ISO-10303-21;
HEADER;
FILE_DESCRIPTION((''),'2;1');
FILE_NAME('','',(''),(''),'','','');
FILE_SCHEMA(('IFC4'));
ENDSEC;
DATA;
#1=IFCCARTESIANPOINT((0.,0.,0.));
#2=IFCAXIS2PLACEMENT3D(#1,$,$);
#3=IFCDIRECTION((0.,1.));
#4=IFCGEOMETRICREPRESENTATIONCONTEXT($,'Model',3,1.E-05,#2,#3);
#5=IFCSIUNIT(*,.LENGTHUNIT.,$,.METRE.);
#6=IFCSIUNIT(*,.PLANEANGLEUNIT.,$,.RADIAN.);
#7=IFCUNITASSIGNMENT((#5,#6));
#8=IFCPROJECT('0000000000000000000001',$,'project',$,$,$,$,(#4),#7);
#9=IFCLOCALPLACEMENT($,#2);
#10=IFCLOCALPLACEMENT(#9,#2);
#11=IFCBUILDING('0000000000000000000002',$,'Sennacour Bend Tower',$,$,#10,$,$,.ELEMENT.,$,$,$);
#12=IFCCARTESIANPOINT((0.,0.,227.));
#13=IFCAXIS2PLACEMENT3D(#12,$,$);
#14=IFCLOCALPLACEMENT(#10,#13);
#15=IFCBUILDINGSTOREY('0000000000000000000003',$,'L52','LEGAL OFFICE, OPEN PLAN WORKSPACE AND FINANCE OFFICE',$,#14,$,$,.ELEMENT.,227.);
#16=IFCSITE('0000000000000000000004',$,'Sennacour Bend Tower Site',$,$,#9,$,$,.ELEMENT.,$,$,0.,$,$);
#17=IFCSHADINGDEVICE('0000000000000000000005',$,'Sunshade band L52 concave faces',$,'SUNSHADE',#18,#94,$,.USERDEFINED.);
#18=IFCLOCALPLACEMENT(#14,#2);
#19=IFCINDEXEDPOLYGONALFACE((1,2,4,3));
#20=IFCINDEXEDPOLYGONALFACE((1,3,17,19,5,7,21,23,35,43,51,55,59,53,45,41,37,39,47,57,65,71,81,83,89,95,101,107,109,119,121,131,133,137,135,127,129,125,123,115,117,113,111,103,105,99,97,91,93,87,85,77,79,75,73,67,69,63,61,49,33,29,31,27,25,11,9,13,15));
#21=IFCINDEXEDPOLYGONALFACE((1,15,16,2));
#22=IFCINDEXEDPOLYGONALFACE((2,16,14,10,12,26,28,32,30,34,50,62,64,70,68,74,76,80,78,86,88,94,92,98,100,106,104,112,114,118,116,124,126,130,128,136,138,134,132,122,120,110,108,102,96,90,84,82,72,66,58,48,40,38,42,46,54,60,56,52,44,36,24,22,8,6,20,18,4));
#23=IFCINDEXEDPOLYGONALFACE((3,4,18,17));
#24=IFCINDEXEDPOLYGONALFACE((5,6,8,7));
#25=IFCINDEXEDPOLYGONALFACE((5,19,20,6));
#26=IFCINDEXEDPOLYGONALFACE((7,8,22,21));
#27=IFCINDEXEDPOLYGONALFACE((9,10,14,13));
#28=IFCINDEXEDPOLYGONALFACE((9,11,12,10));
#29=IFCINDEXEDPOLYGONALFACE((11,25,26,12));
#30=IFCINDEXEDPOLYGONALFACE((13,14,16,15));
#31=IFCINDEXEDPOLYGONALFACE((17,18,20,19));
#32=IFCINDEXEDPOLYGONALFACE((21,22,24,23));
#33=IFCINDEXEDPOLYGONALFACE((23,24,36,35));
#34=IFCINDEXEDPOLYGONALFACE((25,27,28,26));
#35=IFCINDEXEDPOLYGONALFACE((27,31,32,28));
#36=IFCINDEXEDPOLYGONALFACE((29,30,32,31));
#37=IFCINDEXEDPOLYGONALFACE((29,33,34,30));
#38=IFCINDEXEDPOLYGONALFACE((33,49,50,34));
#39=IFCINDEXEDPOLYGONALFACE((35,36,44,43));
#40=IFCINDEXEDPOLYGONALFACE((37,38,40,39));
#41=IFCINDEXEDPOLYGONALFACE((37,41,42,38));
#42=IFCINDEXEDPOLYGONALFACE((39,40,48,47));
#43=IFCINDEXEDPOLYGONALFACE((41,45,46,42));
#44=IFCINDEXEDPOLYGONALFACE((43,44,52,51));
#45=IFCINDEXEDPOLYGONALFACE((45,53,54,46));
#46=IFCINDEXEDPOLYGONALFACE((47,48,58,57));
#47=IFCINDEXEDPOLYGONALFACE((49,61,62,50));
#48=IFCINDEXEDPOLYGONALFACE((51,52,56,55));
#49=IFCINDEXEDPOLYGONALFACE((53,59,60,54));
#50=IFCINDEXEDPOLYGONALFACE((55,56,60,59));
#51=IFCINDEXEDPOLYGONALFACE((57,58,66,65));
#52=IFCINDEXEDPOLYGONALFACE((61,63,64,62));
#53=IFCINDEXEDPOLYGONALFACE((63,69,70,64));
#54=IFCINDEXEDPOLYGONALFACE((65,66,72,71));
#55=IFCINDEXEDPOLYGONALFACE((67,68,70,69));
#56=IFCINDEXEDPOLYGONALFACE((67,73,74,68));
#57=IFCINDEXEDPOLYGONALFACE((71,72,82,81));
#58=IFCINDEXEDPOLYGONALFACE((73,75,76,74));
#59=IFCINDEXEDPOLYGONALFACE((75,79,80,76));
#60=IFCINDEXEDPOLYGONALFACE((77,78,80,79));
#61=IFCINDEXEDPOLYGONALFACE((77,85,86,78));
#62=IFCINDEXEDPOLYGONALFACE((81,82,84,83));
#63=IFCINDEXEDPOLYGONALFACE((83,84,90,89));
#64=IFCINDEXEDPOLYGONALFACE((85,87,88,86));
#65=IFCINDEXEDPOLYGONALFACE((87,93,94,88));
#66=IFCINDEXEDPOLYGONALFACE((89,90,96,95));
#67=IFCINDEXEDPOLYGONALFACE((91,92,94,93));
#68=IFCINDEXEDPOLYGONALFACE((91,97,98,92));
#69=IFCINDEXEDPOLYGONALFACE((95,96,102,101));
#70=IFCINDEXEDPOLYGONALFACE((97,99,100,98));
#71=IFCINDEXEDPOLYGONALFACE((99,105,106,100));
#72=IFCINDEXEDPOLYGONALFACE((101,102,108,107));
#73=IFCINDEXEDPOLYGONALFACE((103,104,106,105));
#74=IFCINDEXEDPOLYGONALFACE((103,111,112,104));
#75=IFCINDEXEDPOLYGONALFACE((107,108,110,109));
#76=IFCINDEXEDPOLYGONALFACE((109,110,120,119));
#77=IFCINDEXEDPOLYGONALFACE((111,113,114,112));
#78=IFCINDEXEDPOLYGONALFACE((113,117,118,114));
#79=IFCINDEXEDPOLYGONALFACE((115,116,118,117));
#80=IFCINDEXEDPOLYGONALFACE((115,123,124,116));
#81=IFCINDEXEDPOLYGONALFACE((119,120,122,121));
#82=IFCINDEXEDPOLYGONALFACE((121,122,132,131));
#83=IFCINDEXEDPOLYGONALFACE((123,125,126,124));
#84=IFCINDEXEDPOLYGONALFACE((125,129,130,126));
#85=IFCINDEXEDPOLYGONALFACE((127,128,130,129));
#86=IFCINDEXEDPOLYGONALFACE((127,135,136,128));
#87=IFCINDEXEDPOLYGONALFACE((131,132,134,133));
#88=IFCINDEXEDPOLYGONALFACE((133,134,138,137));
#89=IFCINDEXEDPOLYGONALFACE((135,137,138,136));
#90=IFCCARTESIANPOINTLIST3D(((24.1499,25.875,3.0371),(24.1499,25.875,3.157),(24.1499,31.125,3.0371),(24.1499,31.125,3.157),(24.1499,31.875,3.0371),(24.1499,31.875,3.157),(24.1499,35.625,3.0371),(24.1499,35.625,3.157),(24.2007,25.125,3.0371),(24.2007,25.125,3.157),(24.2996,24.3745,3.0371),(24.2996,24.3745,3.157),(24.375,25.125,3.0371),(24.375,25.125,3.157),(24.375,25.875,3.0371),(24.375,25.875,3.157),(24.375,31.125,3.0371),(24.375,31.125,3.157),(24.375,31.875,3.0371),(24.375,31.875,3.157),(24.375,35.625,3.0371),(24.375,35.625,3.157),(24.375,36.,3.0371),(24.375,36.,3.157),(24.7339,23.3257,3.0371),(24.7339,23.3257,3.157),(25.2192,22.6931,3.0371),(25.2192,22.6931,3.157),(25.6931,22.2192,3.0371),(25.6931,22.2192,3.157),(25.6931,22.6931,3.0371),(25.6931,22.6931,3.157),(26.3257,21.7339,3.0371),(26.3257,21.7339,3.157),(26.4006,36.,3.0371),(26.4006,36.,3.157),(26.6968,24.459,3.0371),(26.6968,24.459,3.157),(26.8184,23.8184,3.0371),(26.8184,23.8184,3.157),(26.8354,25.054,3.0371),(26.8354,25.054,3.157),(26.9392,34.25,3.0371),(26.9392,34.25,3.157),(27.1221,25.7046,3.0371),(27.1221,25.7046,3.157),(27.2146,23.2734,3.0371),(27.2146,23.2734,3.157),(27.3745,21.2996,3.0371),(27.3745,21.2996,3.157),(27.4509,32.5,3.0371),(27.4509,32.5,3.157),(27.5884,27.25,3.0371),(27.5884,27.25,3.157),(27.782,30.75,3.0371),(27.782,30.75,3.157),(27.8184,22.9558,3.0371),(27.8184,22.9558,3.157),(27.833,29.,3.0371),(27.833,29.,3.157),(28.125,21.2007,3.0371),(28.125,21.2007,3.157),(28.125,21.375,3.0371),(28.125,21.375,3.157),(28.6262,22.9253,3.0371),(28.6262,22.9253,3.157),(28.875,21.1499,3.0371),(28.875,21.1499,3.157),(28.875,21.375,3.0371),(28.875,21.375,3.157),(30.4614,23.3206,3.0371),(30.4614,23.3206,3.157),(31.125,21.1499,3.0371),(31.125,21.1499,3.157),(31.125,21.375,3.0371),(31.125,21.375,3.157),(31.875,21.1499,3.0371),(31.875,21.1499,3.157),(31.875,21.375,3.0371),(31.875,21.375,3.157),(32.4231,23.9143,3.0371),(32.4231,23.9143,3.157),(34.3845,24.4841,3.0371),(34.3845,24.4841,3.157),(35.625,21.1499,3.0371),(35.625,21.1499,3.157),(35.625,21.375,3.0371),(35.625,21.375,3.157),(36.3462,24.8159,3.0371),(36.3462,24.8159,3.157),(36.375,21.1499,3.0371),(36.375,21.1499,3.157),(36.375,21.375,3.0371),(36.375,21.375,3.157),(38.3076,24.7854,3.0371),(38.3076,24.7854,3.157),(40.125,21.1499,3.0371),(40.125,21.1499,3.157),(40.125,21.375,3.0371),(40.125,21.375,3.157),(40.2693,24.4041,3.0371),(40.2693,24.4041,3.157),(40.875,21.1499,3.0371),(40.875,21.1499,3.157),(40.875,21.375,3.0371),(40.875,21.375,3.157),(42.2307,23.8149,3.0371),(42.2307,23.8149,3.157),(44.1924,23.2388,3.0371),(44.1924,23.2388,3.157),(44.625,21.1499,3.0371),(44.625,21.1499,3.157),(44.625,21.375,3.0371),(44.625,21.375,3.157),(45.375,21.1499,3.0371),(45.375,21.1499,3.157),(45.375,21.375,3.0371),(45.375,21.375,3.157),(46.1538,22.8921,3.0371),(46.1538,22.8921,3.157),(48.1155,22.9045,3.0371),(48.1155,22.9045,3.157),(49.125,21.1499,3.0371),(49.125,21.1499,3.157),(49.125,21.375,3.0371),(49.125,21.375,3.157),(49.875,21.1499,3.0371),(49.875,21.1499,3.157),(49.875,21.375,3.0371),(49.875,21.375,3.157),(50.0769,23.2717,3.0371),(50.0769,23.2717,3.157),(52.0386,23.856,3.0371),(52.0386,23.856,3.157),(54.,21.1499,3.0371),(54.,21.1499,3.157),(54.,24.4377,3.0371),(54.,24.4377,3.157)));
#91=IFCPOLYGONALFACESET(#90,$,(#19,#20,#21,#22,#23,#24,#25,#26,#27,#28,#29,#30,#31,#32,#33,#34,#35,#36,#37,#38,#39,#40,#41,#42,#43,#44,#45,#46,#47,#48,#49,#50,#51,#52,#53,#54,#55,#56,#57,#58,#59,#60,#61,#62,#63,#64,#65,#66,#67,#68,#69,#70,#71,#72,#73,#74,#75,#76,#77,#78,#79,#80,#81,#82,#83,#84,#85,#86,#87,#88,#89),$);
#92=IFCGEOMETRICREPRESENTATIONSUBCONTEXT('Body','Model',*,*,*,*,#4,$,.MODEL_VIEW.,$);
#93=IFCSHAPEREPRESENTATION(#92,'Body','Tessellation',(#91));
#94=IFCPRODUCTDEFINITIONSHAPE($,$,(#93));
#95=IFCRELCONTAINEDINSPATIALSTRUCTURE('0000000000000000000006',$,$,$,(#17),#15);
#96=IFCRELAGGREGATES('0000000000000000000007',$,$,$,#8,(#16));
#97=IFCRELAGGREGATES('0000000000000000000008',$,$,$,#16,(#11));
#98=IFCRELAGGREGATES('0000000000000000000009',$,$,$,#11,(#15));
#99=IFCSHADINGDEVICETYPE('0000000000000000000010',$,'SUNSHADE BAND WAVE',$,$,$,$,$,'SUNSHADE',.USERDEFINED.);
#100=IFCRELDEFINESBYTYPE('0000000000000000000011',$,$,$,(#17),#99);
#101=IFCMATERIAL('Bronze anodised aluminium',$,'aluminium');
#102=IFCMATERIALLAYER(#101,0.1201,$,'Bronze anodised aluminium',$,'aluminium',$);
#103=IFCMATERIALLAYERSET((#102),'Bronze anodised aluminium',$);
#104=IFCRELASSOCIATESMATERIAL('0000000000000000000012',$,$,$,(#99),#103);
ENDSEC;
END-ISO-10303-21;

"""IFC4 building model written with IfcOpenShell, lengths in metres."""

from ifc_helpers import new_model, si_unit, direction, frame, origin, place, context, subcontext, project, spatial, polyline, outline, extrude, material, layer, layer_set, type_object, element, save


model = new_model("IFC4")

# Units and contexts
model_context = context("Model", 3, precision=1e-05, world=origin(), true_north=direction((0.0, 1.0)))
body_context = subcontext(model_context, "Body", "Model", "MODEL_VIEW")
ifc_project = project(units=[si_unit("LENGTHUNIT", "METRE"), si_unit("PLANEANGLEUNIT", "RADIAN")], contexts=[model_context])

# Site, building, storey
site_placement = place(None, origin())
site = spatial("IfcSite", under=ifc_project, at=site_placement, Name="Sennacour Bend Tower Site", CompositionType="ELEMENT", RefElevation=0.0)
building_placement = place(site_placement, origin())
building = spatial("IfcBuilding", under=site, at=building_placement, Name="Sennacour Bend Tower", CompositionType="ELEMENT")
storey_placement = place(building_placement, frame((0.0, 0.0, 227.0)))
storey = spatial("IfcBuildingStorey", under=building, at=storey_placement, Name="L52", Description="LEGAL OFFICE, OPEN PLAN WORKSPACE AND FINANCE OFFICE", CompositionType="ELEMENT", Elevation=227.0)

# Shading device
ifc_material_1 = material(Name="Bronze anodised aluminium", Category="aluminium")
ifc_layer_1 = layer(ifc_material_1, 0.1201, Name="Bronze anodised aluminium", Category="aluminium")
ifc_layer_set_1 = layer_set([ifc_layer_1], Name="Bronze anodised aluminium")
shading_device_type_1 = type_object("IfcShadingDeviceType", Name="SUNSHADE BAND WAVE", ElementType="SUNSHADE", PredefinedType="USERDEFINED", material=ifc_layer_set_1)
shading_device_1_placement = place(storey_placement, frame((0.0, 0.0, 3.0371)))
element("IfcShadingDevice", 1, at=shading_device_1_placement, inside=storey, type_object=shading_device_type_1, Name="Sunshade band L52 concave faces", ObjectType="SUNSHADE", PredefinedType="USERDEFINED", context=body_context, shape_type="SweptSolid", body=[
    extrude(outline(polyline([(54.0, 21.1499), (49.875, 21.1499), (49.875, 21.375), (49.125, 21.375), (49.125, 21.1499), (45.375, 21.1499), (45.375, 21.375), (44.625, 21.375), (44.625, 21.1499), (40.875, 21.1499), (40.875, 21.375), (40.125, 21.375), (40.125, 21.1499), (36.375, 21.1499), (36.375, 21.375), (35.625, 21.375), (35.625, 21.1499), (31.875, 21.1499), (31.875, 21.375), (31.125, 21.375), (31.125, 21.1499), (28.875, 21.1499), (28.875, 21.375), (28.125, 21.375), (28.125, 21.2007), (27.3745, 21.2996), (26.3257, 21.7339), (25.6931, 22.2192), (25.6931, 22.6931), (25.2192, 22.6931), (24.7339, 23.3257), (24.2996, 24.3745), (24.2007, 25.125), (24.375, 25.125), (24.375, 25.875), (24.1499, 25.875), (24.1499, 31.125), (24.375, 31.125), (24.375, 31.875), (24.1499, 31.875), (24.1499, 35.625), (24.375, 35.625), (24.375, 36.0), (26.4006, 36.0), (26.9392, 34.25), (27.4509, 32.5), (27.782, 30.75), (27.833, 29.0), (27.5884, 27.25), (27.1221, 25.7046), (26.8354, 25.054), (26.6968, 24.459), (26.8184, 23.8184), (27.2146, 23.2734), (27.8184, 22.9558), (28.6262, 22.9253), (30.4614, 23.3206), (32.4231, 23.9143), (34.3845, 24.4841), (36.3462, 24.8159), (38.3076, 24.7854), (40.2693, 24.4041), (42.2307, 23.8149), (44.1924, 23.2388), (46.1538, 22.8921), (48.1155, 22.9045), (50.0769, 23.2717), (52.0386, 23.856), (54.0, 24.4377), (54.0, 21.1499)])), origin(), (0.0, 0.0, 1.0), 0.1199),
])

save(model, "model.ifc")
